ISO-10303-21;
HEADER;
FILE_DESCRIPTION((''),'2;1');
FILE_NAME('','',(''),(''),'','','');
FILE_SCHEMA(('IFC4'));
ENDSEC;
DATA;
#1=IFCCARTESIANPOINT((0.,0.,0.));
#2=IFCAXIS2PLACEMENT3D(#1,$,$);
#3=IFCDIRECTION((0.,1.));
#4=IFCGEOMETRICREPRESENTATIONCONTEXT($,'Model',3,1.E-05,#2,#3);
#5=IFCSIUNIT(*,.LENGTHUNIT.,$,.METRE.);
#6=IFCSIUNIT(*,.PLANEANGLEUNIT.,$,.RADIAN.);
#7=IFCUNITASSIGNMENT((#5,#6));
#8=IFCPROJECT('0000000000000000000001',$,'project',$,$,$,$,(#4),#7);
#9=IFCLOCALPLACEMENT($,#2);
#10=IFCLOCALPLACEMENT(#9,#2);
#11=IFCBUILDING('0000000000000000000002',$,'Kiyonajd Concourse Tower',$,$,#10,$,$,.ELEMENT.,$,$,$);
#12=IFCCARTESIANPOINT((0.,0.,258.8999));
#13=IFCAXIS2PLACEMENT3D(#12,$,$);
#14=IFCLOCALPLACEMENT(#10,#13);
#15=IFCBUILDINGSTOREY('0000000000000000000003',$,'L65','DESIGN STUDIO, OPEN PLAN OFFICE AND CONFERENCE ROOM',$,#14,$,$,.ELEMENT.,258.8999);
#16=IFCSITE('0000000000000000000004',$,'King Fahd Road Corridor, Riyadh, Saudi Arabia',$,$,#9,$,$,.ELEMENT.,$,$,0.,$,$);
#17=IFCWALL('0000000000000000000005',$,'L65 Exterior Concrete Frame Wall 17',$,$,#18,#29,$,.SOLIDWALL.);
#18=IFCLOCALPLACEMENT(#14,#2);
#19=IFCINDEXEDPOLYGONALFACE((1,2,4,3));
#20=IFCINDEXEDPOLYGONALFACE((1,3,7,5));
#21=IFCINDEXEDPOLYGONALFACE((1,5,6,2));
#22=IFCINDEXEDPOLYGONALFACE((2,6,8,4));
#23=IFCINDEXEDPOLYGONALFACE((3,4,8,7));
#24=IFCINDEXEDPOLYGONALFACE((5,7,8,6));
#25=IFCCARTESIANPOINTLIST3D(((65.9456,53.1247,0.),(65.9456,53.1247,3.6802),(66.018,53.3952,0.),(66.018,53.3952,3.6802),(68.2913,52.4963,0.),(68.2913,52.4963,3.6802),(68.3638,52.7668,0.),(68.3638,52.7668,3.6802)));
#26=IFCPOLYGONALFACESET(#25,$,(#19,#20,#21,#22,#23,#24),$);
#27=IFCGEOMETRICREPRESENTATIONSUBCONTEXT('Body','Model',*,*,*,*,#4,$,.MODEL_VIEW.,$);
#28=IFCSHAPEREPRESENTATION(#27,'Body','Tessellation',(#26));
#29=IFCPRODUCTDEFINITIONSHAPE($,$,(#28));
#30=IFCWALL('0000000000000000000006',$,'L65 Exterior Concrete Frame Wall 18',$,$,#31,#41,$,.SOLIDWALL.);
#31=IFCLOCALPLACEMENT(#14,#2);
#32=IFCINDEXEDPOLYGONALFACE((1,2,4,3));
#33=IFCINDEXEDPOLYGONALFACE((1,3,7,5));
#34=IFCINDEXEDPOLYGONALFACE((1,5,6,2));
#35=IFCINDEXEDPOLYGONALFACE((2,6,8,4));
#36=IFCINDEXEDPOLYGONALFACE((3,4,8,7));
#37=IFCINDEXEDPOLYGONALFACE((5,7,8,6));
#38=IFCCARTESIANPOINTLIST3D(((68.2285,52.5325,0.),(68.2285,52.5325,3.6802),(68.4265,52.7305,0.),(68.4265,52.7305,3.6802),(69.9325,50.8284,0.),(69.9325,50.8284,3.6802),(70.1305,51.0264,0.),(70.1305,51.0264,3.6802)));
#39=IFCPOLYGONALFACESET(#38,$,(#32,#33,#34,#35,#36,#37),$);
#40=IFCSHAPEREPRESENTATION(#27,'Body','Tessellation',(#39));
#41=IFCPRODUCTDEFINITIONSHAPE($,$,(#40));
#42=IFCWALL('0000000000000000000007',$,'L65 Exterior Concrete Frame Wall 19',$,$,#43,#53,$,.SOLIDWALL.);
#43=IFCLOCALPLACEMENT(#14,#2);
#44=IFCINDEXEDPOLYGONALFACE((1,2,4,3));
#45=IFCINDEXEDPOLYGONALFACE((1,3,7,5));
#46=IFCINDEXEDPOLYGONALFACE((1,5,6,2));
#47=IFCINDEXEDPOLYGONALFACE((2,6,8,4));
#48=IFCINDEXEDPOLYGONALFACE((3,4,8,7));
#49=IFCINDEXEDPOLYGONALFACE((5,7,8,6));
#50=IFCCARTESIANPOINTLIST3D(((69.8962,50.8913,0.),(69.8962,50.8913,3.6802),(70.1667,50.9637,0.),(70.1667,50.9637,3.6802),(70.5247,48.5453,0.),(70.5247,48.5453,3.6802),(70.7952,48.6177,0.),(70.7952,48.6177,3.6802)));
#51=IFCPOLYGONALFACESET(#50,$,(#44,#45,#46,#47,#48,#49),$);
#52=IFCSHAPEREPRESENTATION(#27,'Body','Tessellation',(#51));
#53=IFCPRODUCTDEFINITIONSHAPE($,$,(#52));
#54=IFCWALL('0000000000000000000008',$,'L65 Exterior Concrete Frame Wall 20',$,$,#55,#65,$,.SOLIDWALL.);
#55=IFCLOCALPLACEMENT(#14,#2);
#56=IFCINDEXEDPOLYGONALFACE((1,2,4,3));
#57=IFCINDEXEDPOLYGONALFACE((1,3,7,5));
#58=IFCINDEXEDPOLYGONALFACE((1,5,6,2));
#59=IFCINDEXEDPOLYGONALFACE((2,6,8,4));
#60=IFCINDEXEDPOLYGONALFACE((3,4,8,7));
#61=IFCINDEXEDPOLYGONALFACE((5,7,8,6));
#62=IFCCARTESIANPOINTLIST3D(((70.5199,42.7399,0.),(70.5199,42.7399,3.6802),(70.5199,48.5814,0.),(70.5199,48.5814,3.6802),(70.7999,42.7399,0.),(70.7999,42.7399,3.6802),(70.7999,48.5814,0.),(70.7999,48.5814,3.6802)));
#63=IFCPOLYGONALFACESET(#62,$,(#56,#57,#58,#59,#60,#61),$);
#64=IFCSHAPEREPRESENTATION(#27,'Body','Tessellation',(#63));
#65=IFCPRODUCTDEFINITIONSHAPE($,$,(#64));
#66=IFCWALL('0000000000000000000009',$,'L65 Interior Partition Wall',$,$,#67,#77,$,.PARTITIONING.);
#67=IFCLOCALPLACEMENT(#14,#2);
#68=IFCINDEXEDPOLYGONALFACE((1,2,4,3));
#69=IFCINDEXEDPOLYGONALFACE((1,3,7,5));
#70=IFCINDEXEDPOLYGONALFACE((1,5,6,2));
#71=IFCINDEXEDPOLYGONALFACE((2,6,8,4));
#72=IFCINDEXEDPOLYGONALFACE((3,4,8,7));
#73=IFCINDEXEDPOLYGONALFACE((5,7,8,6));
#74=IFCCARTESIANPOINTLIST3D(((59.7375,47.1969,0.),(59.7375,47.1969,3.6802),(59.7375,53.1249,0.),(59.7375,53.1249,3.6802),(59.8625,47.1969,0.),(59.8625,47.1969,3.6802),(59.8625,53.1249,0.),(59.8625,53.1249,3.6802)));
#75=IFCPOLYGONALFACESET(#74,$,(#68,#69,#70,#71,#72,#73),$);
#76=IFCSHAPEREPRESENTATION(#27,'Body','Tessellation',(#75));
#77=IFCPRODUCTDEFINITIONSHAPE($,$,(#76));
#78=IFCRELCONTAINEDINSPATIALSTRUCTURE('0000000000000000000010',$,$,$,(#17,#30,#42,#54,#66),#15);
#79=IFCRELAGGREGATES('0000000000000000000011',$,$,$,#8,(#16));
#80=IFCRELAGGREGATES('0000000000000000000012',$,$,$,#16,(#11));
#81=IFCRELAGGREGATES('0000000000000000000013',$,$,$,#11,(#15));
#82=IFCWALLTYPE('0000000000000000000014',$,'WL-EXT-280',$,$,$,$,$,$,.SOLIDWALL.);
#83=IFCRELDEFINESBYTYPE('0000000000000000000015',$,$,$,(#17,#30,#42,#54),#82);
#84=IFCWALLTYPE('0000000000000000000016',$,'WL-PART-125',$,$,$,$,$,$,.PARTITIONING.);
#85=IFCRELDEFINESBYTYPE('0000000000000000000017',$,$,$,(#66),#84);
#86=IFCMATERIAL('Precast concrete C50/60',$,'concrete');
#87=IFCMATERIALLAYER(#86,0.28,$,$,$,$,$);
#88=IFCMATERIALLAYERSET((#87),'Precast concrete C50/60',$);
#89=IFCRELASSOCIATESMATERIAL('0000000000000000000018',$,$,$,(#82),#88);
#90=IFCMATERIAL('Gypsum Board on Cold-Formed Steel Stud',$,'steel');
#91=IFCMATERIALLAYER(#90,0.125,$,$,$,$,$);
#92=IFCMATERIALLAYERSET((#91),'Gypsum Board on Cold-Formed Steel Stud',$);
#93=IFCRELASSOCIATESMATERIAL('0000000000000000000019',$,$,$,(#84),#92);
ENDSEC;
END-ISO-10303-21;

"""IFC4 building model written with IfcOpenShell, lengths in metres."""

from ifc_helpers import new_model, si_unit, direction, frame, frame_2d, origin, place, context, subcontext, project, spatial, rectangle, extrude, material, layer, layer_set, type_object, element, save


model = new_model("IFC4")

# Units and contexts
model_context = context("Model", 3, precision=1e-05, world=origin(), true_north=direction((0.0, 1.0)))
body_context = subcontext(model_context, "Body", "Model", "MODEL_VIEW")
ifc_project = project(units=[si_unit("LENGTHUNIT", "METRE"), si_unit("PLANEANGLEUNIT", "RADIAN")], contexts=[model_context])

# Site, building, storey
site_placement = place(None, origin())
site = spatial("IfcSite", under=ifc_project, at=site_placement, Name="King Fahd Road Corridor, Riyadh, Saudi Arabia", CompositionType="ELEMENT", RefElevation=0.0)
building_placement = place(site_placement, origin())
building = spatial("IfcBuilding", under=site, at=building_placement, Name="Kiyonajd Concourse Tower", CompositionType="ELEMENT")
storey_placement = place(building_placement, frame((0.0, 0.0, 258.8999)))
storey = spatial("IfcBuildingStorey", under=building, at=storey_placement, Name="L65", Description="DESIGN STUDIO, OPEN PLAN OFFICE AND CONFERENCE ROOM", CompositionType="ELEMENT", Elevation=258.8999)

# Walls
ifc_material_1 = material(Name="Precast concrete C50/60", Category="concrete")
ifc_layer_1 = layer(ifc_material_1, 0.28)
ifc_layer_set_1 = layer_set([ifc_layer_1], Name="Precast concrete C50/60")
wall_type_1 = type_object("IfcWallType", Name="WL-EXT-280", PredefinedType="SOLIDWALL", material=ifc_layer_set_1)
wall_1_placement = place(storey_placement, frame((65.9817, 53.26, 0.0), z_axis=(0.0, 0.0, 1.0), x_axis=(0.965937, -0.258776, 0.0)))
element("IfcWall", 1, at=wall_1_placement, inside=storey, type_object=wall_type_1, Name="L65 Exterior Concrete Frame Wall 17", PredefinedType="SOLIDWALL", context=body_context, shape_type="SweptSolid", body=[
    extrude(rectangle(XDim=2.4285, YDim=0.28, at=frame_2d((1.2144, 0.0))), origin(), (0.0, 0.0, 1.0), 3.6802),
])
wall_2_placement = place(storey_placement, frame((68.3274, 52.6316, 0.0), z_axis=(0.0, 0.0, 1.0), x_axis=(0.707107, -0.707107, 0.0)))
element("IfcWall", 2, at=wall_2_placement, inside=storey, type_object=wall_type_1, Name="L65 Exterior Concrete Frame Wall 18", PredefinedType="SOLIDWALL", context=body_context, shape_type="SweptSolid", body=[
    extrude(rectangle(XDim=2.4099, YDim=0.28, at=frame_2d((1.2051, 0.0))), origin(), (0.0, 0.0, 1.0), 3.6802),
])
wall_3_placement = place(storey_placement, frame((70.0315, 50.9275, 0.0), z_axis=(0.0, 0.0, 1.0), x_axis=(0.258751, -0.965944, 0.0)))
element("IfcWall", 3, at=wall_3_placement, inside=storey, type_object=wall_type_1, Name="L65 Exterior Concrete Frame Wall 19", PredefinedType="SOLIDWALL", context=body_context, shape_type="SweptSolid", body=[
    extrude(rectangle(XDim=2.4287, YDim=0.28, at=frame_2d((1.2144, 0.0))), origin(), (0.0, 0.0, 1.0), 3.6802),
])
wall_4_placement = place(storey_placement, frame((70.6599, 48.5815, 0.0), z_axis=(0.0, 0.0, 1.0), x_axis=(0.0, -1.0, 0.0)))
element("IfcWall", 4, at=wall_4_placement, inside=storey, type_object=wall_type_1, Name="L65 Exterior Concrete Frame Wall 20", PredefinedType="SOLIDWALL", context=body_context, shape_type="SweptSolid", body=[
    extrude(rectangle(XDim=5.8416, YDim=0.28, at=frame_2d((2.9209, 0.0))), origin(), (0.0, 0.0, 1.0), 3.6802),
])
ifc_material_2 = material(Name="Gypsum Board on Cold-Formed Steel Stud", Category="steel")
ifc_layer_2 = layer(ifc_material_2, 0.125)
ifc_layer_set_2 = layer_set([ifc_layer_2], Name="Gypsum Board on Cold-Formed Steel Stud")
wall_type_2 = type_object("IfcWallType", Name="WL-PART-125", PredefinedType="PARTITIONING", material=ifc_layer_set_2)
wall_5_placement = place(storey_placement, frame((59.8, 47.197, 0.0), z_axis=(0.0, 0.0, 1.0), x_axis=(0.0, 1.0, 0.0)))
element("IfcWall", 5, at=wall_5_placement, inside=storey, type_object=wall_type_2, Name="L65 Interior Partition Wall", PredefinedType="PARTITIONING", context=body_context, shape_type="SweptSolid", body=[
    extrude(rectangle(XDim=5.928, YDim=0.125, at=frame_2d((2.9639, 0.0))), origin(), (0.0, 0.0, 1.0), 3.6802),
])

save(model, "model.ifc")
